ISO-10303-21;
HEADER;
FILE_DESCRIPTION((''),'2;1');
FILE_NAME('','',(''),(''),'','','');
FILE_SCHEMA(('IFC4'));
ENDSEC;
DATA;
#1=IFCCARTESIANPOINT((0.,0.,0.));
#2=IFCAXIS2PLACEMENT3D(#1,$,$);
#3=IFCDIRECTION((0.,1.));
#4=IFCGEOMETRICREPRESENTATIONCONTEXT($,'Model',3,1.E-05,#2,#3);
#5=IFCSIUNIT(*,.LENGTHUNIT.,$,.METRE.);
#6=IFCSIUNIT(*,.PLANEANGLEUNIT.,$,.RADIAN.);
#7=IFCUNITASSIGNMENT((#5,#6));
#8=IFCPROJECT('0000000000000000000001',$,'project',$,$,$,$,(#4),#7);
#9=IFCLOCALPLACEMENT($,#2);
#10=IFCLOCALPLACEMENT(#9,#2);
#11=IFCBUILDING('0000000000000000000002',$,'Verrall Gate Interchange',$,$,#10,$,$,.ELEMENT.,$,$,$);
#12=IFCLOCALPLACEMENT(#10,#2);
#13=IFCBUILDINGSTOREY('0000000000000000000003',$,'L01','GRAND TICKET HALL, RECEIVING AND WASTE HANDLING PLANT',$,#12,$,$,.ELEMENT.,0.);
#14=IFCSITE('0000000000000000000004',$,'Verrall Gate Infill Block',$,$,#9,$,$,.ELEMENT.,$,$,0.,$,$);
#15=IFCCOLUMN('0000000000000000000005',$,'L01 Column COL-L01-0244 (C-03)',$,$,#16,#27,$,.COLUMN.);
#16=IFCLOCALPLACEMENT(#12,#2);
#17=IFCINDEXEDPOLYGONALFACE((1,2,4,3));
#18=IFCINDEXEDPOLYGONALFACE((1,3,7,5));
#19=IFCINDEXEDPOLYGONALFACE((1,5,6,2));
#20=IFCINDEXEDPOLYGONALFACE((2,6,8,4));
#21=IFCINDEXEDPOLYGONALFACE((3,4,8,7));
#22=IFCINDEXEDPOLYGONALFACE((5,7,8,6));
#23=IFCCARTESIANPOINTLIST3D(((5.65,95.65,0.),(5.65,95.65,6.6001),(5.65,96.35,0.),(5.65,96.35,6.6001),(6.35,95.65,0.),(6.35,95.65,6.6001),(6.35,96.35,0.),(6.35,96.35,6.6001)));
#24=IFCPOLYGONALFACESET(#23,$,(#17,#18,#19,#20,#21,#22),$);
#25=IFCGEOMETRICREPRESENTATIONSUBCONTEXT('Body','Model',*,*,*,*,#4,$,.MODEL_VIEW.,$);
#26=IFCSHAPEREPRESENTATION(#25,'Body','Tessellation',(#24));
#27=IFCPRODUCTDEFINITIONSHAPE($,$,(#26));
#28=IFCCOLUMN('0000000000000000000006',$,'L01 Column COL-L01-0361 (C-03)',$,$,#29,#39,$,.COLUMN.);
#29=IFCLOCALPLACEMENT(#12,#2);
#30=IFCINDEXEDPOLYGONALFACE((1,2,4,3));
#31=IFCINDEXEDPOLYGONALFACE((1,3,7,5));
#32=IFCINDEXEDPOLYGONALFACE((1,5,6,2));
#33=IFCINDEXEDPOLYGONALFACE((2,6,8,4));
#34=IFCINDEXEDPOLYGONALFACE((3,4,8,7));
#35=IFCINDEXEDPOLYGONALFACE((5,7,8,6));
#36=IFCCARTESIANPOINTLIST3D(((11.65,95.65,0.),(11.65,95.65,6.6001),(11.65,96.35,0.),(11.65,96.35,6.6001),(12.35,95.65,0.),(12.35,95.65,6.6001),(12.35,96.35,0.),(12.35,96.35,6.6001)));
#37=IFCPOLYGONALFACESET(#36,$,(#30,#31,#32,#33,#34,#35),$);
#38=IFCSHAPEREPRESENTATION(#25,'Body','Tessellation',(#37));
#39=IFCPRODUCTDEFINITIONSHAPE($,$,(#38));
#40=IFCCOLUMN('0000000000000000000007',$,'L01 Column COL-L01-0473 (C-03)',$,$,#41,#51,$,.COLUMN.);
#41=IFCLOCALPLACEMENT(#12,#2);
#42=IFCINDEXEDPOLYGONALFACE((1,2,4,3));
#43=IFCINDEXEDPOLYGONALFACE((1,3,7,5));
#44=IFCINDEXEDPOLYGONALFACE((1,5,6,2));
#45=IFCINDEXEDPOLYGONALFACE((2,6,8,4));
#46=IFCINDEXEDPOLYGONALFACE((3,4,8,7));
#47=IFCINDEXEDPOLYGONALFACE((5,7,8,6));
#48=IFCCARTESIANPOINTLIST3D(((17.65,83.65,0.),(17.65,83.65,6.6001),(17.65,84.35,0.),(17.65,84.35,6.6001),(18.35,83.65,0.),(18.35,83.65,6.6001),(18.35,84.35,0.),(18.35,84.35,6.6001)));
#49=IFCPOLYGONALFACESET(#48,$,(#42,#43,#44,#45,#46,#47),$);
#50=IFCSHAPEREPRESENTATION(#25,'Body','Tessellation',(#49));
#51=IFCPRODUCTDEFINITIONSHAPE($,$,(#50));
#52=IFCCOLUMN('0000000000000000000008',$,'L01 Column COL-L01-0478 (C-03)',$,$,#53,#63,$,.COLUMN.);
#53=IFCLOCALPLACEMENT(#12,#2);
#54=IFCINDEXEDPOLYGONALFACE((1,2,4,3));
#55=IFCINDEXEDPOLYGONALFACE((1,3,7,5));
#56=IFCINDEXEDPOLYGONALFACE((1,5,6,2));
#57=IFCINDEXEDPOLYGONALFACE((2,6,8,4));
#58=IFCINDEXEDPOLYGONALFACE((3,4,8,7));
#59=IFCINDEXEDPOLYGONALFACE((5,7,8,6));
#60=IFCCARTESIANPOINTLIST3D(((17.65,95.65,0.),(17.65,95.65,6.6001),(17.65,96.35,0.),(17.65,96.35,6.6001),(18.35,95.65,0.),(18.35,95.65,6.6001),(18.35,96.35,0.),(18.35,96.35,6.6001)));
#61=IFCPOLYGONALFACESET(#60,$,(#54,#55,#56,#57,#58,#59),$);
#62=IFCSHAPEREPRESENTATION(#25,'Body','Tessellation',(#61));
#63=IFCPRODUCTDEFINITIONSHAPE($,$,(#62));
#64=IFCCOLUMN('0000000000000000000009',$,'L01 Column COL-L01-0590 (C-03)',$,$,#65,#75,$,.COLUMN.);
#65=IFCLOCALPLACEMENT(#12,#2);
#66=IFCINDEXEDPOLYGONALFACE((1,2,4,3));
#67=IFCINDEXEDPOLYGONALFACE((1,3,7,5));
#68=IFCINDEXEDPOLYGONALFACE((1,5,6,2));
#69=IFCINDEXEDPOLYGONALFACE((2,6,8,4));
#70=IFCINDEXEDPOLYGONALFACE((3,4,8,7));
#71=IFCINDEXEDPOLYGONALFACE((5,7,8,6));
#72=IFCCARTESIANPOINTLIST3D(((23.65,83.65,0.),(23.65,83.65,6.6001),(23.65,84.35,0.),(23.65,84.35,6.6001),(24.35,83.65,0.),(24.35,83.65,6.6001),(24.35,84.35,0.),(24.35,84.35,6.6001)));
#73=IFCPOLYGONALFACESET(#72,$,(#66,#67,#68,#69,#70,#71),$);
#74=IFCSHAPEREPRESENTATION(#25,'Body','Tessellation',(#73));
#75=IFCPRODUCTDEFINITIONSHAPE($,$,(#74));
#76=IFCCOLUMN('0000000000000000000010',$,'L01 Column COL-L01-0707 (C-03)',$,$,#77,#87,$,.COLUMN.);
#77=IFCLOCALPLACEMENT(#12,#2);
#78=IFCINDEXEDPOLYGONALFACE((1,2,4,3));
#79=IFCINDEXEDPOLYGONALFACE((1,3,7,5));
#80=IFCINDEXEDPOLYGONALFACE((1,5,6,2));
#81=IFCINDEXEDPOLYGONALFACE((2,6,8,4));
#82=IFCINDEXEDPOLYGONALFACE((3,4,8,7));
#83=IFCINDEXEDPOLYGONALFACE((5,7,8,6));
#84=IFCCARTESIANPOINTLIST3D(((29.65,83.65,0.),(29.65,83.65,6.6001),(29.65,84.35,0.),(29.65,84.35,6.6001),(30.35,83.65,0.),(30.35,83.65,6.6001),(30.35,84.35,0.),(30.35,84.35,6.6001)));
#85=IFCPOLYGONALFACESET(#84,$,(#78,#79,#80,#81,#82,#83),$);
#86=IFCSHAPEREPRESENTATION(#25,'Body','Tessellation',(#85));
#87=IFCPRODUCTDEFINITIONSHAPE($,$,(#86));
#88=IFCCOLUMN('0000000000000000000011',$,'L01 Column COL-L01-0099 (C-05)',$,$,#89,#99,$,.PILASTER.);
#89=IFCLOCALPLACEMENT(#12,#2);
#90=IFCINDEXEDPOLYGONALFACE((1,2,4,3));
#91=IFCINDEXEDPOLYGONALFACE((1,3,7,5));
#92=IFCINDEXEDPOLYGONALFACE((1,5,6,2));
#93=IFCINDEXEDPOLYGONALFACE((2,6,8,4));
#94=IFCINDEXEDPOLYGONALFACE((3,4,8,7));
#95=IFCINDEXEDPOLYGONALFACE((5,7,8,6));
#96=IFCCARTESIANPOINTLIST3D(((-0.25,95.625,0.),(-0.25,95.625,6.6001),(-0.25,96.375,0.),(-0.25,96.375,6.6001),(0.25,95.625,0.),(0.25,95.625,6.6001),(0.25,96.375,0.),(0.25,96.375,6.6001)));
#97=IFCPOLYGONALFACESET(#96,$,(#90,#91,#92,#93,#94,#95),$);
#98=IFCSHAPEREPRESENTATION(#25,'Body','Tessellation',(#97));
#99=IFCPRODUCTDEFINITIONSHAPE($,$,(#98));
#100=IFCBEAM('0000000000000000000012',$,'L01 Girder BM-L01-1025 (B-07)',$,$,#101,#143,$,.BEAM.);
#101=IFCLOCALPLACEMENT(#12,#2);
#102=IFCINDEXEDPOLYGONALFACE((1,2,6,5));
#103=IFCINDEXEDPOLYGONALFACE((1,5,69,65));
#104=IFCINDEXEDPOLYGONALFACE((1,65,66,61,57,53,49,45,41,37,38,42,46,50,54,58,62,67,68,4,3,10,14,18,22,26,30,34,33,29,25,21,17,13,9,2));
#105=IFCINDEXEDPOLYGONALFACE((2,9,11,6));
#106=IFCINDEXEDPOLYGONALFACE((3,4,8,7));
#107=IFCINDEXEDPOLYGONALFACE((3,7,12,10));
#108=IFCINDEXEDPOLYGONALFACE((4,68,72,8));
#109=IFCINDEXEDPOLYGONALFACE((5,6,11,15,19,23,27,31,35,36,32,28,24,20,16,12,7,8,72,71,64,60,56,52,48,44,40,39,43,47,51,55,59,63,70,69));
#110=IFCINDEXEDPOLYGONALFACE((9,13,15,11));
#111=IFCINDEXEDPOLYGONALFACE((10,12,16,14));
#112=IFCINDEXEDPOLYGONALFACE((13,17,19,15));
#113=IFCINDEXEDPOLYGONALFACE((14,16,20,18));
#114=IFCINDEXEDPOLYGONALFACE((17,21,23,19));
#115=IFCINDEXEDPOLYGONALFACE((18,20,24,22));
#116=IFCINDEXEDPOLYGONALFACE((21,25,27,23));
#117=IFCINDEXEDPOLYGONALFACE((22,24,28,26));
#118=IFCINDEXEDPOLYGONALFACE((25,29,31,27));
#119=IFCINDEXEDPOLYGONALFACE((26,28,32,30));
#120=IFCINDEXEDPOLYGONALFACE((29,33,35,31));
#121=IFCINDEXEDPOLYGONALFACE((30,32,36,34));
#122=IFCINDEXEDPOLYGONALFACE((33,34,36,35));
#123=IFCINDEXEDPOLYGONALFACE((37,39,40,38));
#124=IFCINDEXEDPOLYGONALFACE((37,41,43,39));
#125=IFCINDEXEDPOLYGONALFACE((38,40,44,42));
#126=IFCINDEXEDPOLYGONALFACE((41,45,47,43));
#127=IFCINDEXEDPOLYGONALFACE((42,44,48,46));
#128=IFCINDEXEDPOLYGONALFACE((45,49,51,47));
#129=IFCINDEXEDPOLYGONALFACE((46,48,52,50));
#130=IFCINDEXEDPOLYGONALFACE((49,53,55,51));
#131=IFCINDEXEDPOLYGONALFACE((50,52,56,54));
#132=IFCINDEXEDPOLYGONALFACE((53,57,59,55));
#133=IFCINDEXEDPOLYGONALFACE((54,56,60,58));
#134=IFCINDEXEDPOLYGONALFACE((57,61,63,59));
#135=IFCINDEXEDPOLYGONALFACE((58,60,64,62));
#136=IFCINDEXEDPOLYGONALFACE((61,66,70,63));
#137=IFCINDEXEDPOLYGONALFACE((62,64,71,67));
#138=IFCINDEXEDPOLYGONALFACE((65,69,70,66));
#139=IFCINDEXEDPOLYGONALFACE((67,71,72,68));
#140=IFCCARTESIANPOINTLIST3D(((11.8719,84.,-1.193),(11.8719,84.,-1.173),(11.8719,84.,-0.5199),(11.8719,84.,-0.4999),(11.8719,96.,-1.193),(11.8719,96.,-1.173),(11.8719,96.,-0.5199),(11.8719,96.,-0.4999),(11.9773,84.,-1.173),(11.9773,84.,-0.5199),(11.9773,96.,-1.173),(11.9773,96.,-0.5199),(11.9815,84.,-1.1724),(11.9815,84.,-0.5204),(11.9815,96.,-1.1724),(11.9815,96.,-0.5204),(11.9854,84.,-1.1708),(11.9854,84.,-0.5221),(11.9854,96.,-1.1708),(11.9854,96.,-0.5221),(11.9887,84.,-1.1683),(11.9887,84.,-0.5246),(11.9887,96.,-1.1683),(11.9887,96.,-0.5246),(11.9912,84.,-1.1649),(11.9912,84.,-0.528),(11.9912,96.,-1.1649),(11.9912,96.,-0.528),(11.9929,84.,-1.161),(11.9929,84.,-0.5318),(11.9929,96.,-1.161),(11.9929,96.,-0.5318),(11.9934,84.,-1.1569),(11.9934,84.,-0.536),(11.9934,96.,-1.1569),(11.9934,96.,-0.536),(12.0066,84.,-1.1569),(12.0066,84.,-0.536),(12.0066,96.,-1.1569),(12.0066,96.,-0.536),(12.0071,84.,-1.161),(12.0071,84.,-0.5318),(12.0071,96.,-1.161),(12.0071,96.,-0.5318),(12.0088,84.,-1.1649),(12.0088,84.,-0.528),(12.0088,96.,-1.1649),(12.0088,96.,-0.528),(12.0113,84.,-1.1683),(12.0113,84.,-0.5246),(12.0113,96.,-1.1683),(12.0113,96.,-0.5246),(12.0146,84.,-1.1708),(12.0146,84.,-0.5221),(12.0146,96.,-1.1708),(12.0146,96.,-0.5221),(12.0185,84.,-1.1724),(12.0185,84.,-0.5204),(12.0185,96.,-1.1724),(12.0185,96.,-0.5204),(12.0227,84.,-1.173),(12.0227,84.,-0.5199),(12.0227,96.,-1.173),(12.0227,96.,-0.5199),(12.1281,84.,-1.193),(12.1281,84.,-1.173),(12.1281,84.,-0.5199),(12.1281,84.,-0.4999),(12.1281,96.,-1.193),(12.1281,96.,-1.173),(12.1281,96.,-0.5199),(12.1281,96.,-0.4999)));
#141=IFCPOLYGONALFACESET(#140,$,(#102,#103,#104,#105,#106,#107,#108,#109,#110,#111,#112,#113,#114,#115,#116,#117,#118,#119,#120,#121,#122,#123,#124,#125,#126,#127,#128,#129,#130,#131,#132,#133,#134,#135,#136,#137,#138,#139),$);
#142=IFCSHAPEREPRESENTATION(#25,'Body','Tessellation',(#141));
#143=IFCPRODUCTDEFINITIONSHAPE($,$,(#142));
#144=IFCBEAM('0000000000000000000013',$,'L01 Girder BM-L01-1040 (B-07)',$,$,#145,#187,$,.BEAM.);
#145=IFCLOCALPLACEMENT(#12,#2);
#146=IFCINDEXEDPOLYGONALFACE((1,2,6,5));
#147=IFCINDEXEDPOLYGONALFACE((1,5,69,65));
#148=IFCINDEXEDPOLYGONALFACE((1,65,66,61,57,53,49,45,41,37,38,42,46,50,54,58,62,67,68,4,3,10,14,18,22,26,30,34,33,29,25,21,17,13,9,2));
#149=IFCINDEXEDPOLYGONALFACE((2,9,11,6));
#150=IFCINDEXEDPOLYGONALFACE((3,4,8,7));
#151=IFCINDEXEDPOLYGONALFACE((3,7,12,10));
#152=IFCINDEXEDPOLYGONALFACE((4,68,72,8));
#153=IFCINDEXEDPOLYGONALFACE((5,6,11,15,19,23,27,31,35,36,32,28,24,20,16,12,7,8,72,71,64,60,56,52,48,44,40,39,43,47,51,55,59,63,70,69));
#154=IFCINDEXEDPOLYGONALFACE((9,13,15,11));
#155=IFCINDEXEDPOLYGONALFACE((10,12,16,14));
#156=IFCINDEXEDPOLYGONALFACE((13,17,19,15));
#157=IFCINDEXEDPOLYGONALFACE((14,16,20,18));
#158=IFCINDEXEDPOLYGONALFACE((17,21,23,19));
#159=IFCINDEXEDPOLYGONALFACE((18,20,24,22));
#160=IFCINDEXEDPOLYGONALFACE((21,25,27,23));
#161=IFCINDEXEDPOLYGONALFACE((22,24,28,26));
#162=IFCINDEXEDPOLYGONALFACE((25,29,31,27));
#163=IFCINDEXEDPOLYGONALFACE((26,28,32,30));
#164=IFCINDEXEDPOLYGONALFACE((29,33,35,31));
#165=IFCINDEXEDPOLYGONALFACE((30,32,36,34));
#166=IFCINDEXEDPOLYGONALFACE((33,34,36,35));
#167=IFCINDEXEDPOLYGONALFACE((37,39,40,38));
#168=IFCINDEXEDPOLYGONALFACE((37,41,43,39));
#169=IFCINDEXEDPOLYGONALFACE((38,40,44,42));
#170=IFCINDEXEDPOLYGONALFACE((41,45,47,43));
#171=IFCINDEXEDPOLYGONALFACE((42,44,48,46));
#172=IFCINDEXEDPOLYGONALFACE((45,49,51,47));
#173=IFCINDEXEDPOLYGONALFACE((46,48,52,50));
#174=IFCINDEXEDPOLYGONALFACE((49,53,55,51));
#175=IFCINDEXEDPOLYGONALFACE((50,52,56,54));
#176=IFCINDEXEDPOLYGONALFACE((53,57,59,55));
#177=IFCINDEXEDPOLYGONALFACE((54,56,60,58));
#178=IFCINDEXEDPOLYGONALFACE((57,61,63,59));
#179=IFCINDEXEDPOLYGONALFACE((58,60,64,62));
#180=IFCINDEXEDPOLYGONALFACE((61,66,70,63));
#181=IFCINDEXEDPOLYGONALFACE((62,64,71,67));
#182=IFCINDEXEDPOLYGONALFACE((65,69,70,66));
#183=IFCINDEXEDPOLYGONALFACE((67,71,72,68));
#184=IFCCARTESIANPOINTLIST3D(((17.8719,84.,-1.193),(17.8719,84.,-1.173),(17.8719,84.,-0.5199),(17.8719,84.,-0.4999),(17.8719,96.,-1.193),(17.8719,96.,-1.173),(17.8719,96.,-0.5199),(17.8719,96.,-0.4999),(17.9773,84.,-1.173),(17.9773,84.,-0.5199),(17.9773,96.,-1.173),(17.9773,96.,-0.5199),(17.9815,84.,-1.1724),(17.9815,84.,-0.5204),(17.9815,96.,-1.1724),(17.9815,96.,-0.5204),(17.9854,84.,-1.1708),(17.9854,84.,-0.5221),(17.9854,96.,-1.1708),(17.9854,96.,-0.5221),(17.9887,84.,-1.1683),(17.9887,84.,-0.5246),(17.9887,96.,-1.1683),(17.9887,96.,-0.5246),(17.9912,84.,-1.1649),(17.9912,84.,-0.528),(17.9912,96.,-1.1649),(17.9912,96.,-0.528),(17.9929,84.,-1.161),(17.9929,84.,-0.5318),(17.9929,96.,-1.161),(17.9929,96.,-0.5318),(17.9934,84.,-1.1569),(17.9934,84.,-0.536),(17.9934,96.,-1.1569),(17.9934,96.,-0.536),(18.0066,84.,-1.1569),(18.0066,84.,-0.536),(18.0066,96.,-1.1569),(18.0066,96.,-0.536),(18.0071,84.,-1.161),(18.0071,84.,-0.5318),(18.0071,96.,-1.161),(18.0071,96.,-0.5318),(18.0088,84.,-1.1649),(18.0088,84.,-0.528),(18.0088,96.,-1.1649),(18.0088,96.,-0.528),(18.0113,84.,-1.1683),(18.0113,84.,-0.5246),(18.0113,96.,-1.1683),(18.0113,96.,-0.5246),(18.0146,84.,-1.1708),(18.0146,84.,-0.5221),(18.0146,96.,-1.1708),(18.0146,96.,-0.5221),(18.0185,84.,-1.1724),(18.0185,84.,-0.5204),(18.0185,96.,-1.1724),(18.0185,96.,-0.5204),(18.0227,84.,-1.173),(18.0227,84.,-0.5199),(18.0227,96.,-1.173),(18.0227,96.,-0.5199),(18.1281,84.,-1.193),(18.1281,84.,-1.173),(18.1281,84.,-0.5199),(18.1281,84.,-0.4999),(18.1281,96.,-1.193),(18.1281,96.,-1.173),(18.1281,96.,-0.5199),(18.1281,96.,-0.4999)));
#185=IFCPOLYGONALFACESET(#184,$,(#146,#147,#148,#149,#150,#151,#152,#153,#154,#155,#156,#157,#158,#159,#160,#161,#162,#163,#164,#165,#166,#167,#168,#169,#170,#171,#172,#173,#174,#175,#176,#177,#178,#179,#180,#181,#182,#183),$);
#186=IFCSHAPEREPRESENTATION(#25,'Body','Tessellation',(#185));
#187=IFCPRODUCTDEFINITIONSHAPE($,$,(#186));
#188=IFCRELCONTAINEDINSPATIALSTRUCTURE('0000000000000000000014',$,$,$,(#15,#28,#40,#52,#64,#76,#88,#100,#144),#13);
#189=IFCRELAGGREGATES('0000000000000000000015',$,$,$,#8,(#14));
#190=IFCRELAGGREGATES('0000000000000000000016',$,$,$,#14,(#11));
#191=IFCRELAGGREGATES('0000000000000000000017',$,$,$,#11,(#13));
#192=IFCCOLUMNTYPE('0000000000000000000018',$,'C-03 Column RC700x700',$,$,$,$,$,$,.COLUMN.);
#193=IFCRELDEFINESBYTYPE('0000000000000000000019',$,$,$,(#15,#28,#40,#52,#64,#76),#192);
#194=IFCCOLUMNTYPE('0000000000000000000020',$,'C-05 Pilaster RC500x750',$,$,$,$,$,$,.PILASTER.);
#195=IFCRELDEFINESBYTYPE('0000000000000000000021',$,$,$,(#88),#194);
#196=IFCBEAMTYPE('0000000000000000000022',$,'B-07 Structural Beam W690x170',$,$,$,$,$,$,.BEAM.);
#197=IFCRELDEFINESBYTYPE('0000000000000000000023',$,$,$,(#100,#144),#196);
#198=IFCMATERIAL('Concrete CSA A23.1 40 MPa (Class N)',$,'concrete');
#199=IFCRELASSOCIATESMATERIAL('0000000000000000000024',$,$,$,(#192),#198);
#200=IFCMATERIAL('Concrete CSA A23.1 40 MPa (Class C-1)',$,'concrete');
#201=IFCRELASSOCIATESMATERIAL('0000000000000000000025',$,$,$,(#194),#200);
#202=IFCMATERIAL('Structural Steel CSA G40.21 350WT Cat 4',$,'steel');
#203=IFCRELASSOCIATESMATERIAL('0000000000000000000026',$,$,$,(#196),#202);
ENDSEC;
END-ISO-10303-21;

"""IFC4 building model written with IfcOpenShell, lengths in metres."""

from ifc_helpers import new_model, si_unit, direction, frame, origin, origin_2d, place, context, subcontext, project, spatial, rectangle, i_section, extrude, material, material_profile, profile_set, type_object, element, save


model = new_model("IFC4")

# Units and contexts
model_context = context("Model", 3, precision=1e-05, world=origin(), true_north=direction((0.0, 1.0)))
body_context = subcontext(model_context, "Body", "Model", "MODEL_VIEW")
ifc_project = project(units=[si_unit("LENGTHUNIT", "METRE"), si_unit("PLANEANGLEUNIT", "RADIAN")], contexts=[model_context])

# Site, building, storey
site_placement = place(None, origin())
site = spatial("IfcSite", under=ifc_project, at=site_placement, Name="Verrall Gate Infill Block", CompositionType="ELEMENT", RefElevation=0.0)
building_placement = place(site_placement, origin())
building = spatial("IfcBuilding", under=site, at=building_placement, Name="Verrall Gate Interchange", CompositionType="ELEMENT")
storey_placement = place(building_placement, origin())
storey = spatial("IfcBuildingStorey", under=building, at=storey_placement, Name="L01", Description="GRAND TICKET HALL, RECEIVING AND WASTE HANDLING PLANT", CompositionType="ELEMENT", Elevation=0.0)

# Columns
ifc_material_1 = material(Name="Concrete CSA A23.1 40 MPa (Class N)", Category="concrete")
ifc_material_profile_1 = material_profile(ifc_material_1, rectangle(XDim=0.7, YDim=0.7, at=origin_2d()), Name="RC700x700")
ifc_profile_set_1 = profile_set([ifc_material_profile_1], Name="Concrete CSA A23.1 40 MPa (Class N)")
column_type_1 = type_object("IfcColumnType", Name="C-03 Column RC700x700", PredefinedType="COLUMN", material=ifc_profile_set_1)
for number, where, z_axis, x_axis, name in (
    (1, (6.0, 96.0, 0.0), (0.0, 0.0, 1.0), (1.0, 0.0, 0.0), "L01 Column COL-L01-0244 (C-03)"),
    (2, (12.0, 96.0, 0.0), (0.0, 0.0, 1.0), (1.0, 0.0, 0.0), "L01 Column COL-L01-0361 (C-03)"),
    (3, (18.0, 84.0, 0.0), (0.0, 0.0, 1.0), (1.0, 0.0, 0.0), "L01 Column COL-L01-0473 (C-03)"),
    (4, (18.0, 96.0, 0.0), (0.0, 0.0, 1.0), (1.0, 0.0, 0.0), "L01 Column COL-L01-0478 (C-03)"),
    (5, (24.0, 84.0, 0.0), (0.0, 0.0, 1.0), (1.0, 0.0, 0.0), "L01 Column COL-L01-0590 (C-03)"),
    (6, (30.0, 84.0, 0.0), (0.0, 0.0, 1.0), (1.0, 0.0, 0.0), "L01 Column COL-L01-0707 (C-03)"),
):
    element("IfcColumn", number, at=place(storey_placement, frame(where, z_axis=z_axis, x_axis=x_axis)), inside=storey, type_object=column_type_1, Name=name, PredefinedType="COLUMN", context=body_context, shape_type="SweptSolid", body=[
        extrude(rectangle(XDim=0.7, YDim=0.7, at=origin_2d()), origin(), (0.0, 0.0, 1.0), 6.6001),
    ])
ifc_material_2 = material(Name="Concrete CSA A23.1 40 MPa (Class C-1)", Category="concrete")
ifc_material_profile_2 = material_profile(ifc_material_2, rectangle(XDim=0.5, YDim=0.75, at=origin_2d()), Name="RC500x750")
ifc_profile_set_2 = profile_set([ifc_material_profile_2], Name="Concrete CSA A23.1 40 MPa (Class C-1)")
column_type_2 = type_object("IfcColumnType", Name="C-05 Pilaster RC500x750", PredefinedType="PILASTER", material=ifc_profile_set_2)
column_placement = place(storey_placement, frame((0.0, 96.0, 0.0), z_axis=(0.0, 0.0, 1.0), x_axis=(1.0, 0.0, 0.0)))
element("IfcColumn", 7, at=column_placement, inside=storey, type_object=column_type_2, Name="L01 Column COL-L01-0099 (C-05)", PredefinedType="PILASTER", context=body_context, shape_type="SweptSolid", body=[
    extrude(rectangle(XDim=0.5, YDim=0.75, at=origin_2d()), origin(), (0.0, 0.0, 1.0), 6.6001),
])

# Beams
ifc_material_3 = material(Name="Structural Steel CSA G40.21 350WT Cat 4", Category="steel")
ifc_material_profile_3 = material_profile(ifc_material_3, i_section(OverallWidth=0.2561, OverallDepth=0.6931, WebThickness=0.0132, FlangeThickness=0.02, FilletRadius=0.0161, at=origin_2d()), Name="W690x170")
ifc_profile_set_3 = profile_set([ifc_material_profile_3], Name="Structural Steel CSA G40.21 350WT Cat 4")
beam_type_1 = type_object("IfcBeamType", Name="B-07 Structural Beam W690x170", PredefinedType="BEAM", material=ifc_profile_set_3)
for number, where, z_axis, x_axis, name in (
    (8, (12.0, 84.0, -0.8464), (0.0, 1.0, 0.0), (-1.0, 0.0, 0.0), "L01 Girder BM-L01-1025 (B-07)"),
    (9, (18.0, 84.0, -0.8464), (0.0, 1.0, 0.0), (-1.0, 0.0, 0.0), "L01 Girder BM-L01-1040 (B-07)"),
):
    element("IfcBeam", number, at=place(storey_placement, frame(where, z_axis=z_axis, x_axis=x_axis)), inside=storey, type_object=beam_type_1, Name=name, PredefinedType="BEAM", context=body_context, shape_type="SweptSolid", body=[
        extrude(i_section(OverallWidth=0.2561, OverallDepth=0.6931, WebThickness=0.0132, FlangeThickness=0.02, FilletRadius=0.0161, at=origin_2d()), origin(), (0.0, 0.0, 1.0), 12.0),
    ])

save(model, "model.ifc")
